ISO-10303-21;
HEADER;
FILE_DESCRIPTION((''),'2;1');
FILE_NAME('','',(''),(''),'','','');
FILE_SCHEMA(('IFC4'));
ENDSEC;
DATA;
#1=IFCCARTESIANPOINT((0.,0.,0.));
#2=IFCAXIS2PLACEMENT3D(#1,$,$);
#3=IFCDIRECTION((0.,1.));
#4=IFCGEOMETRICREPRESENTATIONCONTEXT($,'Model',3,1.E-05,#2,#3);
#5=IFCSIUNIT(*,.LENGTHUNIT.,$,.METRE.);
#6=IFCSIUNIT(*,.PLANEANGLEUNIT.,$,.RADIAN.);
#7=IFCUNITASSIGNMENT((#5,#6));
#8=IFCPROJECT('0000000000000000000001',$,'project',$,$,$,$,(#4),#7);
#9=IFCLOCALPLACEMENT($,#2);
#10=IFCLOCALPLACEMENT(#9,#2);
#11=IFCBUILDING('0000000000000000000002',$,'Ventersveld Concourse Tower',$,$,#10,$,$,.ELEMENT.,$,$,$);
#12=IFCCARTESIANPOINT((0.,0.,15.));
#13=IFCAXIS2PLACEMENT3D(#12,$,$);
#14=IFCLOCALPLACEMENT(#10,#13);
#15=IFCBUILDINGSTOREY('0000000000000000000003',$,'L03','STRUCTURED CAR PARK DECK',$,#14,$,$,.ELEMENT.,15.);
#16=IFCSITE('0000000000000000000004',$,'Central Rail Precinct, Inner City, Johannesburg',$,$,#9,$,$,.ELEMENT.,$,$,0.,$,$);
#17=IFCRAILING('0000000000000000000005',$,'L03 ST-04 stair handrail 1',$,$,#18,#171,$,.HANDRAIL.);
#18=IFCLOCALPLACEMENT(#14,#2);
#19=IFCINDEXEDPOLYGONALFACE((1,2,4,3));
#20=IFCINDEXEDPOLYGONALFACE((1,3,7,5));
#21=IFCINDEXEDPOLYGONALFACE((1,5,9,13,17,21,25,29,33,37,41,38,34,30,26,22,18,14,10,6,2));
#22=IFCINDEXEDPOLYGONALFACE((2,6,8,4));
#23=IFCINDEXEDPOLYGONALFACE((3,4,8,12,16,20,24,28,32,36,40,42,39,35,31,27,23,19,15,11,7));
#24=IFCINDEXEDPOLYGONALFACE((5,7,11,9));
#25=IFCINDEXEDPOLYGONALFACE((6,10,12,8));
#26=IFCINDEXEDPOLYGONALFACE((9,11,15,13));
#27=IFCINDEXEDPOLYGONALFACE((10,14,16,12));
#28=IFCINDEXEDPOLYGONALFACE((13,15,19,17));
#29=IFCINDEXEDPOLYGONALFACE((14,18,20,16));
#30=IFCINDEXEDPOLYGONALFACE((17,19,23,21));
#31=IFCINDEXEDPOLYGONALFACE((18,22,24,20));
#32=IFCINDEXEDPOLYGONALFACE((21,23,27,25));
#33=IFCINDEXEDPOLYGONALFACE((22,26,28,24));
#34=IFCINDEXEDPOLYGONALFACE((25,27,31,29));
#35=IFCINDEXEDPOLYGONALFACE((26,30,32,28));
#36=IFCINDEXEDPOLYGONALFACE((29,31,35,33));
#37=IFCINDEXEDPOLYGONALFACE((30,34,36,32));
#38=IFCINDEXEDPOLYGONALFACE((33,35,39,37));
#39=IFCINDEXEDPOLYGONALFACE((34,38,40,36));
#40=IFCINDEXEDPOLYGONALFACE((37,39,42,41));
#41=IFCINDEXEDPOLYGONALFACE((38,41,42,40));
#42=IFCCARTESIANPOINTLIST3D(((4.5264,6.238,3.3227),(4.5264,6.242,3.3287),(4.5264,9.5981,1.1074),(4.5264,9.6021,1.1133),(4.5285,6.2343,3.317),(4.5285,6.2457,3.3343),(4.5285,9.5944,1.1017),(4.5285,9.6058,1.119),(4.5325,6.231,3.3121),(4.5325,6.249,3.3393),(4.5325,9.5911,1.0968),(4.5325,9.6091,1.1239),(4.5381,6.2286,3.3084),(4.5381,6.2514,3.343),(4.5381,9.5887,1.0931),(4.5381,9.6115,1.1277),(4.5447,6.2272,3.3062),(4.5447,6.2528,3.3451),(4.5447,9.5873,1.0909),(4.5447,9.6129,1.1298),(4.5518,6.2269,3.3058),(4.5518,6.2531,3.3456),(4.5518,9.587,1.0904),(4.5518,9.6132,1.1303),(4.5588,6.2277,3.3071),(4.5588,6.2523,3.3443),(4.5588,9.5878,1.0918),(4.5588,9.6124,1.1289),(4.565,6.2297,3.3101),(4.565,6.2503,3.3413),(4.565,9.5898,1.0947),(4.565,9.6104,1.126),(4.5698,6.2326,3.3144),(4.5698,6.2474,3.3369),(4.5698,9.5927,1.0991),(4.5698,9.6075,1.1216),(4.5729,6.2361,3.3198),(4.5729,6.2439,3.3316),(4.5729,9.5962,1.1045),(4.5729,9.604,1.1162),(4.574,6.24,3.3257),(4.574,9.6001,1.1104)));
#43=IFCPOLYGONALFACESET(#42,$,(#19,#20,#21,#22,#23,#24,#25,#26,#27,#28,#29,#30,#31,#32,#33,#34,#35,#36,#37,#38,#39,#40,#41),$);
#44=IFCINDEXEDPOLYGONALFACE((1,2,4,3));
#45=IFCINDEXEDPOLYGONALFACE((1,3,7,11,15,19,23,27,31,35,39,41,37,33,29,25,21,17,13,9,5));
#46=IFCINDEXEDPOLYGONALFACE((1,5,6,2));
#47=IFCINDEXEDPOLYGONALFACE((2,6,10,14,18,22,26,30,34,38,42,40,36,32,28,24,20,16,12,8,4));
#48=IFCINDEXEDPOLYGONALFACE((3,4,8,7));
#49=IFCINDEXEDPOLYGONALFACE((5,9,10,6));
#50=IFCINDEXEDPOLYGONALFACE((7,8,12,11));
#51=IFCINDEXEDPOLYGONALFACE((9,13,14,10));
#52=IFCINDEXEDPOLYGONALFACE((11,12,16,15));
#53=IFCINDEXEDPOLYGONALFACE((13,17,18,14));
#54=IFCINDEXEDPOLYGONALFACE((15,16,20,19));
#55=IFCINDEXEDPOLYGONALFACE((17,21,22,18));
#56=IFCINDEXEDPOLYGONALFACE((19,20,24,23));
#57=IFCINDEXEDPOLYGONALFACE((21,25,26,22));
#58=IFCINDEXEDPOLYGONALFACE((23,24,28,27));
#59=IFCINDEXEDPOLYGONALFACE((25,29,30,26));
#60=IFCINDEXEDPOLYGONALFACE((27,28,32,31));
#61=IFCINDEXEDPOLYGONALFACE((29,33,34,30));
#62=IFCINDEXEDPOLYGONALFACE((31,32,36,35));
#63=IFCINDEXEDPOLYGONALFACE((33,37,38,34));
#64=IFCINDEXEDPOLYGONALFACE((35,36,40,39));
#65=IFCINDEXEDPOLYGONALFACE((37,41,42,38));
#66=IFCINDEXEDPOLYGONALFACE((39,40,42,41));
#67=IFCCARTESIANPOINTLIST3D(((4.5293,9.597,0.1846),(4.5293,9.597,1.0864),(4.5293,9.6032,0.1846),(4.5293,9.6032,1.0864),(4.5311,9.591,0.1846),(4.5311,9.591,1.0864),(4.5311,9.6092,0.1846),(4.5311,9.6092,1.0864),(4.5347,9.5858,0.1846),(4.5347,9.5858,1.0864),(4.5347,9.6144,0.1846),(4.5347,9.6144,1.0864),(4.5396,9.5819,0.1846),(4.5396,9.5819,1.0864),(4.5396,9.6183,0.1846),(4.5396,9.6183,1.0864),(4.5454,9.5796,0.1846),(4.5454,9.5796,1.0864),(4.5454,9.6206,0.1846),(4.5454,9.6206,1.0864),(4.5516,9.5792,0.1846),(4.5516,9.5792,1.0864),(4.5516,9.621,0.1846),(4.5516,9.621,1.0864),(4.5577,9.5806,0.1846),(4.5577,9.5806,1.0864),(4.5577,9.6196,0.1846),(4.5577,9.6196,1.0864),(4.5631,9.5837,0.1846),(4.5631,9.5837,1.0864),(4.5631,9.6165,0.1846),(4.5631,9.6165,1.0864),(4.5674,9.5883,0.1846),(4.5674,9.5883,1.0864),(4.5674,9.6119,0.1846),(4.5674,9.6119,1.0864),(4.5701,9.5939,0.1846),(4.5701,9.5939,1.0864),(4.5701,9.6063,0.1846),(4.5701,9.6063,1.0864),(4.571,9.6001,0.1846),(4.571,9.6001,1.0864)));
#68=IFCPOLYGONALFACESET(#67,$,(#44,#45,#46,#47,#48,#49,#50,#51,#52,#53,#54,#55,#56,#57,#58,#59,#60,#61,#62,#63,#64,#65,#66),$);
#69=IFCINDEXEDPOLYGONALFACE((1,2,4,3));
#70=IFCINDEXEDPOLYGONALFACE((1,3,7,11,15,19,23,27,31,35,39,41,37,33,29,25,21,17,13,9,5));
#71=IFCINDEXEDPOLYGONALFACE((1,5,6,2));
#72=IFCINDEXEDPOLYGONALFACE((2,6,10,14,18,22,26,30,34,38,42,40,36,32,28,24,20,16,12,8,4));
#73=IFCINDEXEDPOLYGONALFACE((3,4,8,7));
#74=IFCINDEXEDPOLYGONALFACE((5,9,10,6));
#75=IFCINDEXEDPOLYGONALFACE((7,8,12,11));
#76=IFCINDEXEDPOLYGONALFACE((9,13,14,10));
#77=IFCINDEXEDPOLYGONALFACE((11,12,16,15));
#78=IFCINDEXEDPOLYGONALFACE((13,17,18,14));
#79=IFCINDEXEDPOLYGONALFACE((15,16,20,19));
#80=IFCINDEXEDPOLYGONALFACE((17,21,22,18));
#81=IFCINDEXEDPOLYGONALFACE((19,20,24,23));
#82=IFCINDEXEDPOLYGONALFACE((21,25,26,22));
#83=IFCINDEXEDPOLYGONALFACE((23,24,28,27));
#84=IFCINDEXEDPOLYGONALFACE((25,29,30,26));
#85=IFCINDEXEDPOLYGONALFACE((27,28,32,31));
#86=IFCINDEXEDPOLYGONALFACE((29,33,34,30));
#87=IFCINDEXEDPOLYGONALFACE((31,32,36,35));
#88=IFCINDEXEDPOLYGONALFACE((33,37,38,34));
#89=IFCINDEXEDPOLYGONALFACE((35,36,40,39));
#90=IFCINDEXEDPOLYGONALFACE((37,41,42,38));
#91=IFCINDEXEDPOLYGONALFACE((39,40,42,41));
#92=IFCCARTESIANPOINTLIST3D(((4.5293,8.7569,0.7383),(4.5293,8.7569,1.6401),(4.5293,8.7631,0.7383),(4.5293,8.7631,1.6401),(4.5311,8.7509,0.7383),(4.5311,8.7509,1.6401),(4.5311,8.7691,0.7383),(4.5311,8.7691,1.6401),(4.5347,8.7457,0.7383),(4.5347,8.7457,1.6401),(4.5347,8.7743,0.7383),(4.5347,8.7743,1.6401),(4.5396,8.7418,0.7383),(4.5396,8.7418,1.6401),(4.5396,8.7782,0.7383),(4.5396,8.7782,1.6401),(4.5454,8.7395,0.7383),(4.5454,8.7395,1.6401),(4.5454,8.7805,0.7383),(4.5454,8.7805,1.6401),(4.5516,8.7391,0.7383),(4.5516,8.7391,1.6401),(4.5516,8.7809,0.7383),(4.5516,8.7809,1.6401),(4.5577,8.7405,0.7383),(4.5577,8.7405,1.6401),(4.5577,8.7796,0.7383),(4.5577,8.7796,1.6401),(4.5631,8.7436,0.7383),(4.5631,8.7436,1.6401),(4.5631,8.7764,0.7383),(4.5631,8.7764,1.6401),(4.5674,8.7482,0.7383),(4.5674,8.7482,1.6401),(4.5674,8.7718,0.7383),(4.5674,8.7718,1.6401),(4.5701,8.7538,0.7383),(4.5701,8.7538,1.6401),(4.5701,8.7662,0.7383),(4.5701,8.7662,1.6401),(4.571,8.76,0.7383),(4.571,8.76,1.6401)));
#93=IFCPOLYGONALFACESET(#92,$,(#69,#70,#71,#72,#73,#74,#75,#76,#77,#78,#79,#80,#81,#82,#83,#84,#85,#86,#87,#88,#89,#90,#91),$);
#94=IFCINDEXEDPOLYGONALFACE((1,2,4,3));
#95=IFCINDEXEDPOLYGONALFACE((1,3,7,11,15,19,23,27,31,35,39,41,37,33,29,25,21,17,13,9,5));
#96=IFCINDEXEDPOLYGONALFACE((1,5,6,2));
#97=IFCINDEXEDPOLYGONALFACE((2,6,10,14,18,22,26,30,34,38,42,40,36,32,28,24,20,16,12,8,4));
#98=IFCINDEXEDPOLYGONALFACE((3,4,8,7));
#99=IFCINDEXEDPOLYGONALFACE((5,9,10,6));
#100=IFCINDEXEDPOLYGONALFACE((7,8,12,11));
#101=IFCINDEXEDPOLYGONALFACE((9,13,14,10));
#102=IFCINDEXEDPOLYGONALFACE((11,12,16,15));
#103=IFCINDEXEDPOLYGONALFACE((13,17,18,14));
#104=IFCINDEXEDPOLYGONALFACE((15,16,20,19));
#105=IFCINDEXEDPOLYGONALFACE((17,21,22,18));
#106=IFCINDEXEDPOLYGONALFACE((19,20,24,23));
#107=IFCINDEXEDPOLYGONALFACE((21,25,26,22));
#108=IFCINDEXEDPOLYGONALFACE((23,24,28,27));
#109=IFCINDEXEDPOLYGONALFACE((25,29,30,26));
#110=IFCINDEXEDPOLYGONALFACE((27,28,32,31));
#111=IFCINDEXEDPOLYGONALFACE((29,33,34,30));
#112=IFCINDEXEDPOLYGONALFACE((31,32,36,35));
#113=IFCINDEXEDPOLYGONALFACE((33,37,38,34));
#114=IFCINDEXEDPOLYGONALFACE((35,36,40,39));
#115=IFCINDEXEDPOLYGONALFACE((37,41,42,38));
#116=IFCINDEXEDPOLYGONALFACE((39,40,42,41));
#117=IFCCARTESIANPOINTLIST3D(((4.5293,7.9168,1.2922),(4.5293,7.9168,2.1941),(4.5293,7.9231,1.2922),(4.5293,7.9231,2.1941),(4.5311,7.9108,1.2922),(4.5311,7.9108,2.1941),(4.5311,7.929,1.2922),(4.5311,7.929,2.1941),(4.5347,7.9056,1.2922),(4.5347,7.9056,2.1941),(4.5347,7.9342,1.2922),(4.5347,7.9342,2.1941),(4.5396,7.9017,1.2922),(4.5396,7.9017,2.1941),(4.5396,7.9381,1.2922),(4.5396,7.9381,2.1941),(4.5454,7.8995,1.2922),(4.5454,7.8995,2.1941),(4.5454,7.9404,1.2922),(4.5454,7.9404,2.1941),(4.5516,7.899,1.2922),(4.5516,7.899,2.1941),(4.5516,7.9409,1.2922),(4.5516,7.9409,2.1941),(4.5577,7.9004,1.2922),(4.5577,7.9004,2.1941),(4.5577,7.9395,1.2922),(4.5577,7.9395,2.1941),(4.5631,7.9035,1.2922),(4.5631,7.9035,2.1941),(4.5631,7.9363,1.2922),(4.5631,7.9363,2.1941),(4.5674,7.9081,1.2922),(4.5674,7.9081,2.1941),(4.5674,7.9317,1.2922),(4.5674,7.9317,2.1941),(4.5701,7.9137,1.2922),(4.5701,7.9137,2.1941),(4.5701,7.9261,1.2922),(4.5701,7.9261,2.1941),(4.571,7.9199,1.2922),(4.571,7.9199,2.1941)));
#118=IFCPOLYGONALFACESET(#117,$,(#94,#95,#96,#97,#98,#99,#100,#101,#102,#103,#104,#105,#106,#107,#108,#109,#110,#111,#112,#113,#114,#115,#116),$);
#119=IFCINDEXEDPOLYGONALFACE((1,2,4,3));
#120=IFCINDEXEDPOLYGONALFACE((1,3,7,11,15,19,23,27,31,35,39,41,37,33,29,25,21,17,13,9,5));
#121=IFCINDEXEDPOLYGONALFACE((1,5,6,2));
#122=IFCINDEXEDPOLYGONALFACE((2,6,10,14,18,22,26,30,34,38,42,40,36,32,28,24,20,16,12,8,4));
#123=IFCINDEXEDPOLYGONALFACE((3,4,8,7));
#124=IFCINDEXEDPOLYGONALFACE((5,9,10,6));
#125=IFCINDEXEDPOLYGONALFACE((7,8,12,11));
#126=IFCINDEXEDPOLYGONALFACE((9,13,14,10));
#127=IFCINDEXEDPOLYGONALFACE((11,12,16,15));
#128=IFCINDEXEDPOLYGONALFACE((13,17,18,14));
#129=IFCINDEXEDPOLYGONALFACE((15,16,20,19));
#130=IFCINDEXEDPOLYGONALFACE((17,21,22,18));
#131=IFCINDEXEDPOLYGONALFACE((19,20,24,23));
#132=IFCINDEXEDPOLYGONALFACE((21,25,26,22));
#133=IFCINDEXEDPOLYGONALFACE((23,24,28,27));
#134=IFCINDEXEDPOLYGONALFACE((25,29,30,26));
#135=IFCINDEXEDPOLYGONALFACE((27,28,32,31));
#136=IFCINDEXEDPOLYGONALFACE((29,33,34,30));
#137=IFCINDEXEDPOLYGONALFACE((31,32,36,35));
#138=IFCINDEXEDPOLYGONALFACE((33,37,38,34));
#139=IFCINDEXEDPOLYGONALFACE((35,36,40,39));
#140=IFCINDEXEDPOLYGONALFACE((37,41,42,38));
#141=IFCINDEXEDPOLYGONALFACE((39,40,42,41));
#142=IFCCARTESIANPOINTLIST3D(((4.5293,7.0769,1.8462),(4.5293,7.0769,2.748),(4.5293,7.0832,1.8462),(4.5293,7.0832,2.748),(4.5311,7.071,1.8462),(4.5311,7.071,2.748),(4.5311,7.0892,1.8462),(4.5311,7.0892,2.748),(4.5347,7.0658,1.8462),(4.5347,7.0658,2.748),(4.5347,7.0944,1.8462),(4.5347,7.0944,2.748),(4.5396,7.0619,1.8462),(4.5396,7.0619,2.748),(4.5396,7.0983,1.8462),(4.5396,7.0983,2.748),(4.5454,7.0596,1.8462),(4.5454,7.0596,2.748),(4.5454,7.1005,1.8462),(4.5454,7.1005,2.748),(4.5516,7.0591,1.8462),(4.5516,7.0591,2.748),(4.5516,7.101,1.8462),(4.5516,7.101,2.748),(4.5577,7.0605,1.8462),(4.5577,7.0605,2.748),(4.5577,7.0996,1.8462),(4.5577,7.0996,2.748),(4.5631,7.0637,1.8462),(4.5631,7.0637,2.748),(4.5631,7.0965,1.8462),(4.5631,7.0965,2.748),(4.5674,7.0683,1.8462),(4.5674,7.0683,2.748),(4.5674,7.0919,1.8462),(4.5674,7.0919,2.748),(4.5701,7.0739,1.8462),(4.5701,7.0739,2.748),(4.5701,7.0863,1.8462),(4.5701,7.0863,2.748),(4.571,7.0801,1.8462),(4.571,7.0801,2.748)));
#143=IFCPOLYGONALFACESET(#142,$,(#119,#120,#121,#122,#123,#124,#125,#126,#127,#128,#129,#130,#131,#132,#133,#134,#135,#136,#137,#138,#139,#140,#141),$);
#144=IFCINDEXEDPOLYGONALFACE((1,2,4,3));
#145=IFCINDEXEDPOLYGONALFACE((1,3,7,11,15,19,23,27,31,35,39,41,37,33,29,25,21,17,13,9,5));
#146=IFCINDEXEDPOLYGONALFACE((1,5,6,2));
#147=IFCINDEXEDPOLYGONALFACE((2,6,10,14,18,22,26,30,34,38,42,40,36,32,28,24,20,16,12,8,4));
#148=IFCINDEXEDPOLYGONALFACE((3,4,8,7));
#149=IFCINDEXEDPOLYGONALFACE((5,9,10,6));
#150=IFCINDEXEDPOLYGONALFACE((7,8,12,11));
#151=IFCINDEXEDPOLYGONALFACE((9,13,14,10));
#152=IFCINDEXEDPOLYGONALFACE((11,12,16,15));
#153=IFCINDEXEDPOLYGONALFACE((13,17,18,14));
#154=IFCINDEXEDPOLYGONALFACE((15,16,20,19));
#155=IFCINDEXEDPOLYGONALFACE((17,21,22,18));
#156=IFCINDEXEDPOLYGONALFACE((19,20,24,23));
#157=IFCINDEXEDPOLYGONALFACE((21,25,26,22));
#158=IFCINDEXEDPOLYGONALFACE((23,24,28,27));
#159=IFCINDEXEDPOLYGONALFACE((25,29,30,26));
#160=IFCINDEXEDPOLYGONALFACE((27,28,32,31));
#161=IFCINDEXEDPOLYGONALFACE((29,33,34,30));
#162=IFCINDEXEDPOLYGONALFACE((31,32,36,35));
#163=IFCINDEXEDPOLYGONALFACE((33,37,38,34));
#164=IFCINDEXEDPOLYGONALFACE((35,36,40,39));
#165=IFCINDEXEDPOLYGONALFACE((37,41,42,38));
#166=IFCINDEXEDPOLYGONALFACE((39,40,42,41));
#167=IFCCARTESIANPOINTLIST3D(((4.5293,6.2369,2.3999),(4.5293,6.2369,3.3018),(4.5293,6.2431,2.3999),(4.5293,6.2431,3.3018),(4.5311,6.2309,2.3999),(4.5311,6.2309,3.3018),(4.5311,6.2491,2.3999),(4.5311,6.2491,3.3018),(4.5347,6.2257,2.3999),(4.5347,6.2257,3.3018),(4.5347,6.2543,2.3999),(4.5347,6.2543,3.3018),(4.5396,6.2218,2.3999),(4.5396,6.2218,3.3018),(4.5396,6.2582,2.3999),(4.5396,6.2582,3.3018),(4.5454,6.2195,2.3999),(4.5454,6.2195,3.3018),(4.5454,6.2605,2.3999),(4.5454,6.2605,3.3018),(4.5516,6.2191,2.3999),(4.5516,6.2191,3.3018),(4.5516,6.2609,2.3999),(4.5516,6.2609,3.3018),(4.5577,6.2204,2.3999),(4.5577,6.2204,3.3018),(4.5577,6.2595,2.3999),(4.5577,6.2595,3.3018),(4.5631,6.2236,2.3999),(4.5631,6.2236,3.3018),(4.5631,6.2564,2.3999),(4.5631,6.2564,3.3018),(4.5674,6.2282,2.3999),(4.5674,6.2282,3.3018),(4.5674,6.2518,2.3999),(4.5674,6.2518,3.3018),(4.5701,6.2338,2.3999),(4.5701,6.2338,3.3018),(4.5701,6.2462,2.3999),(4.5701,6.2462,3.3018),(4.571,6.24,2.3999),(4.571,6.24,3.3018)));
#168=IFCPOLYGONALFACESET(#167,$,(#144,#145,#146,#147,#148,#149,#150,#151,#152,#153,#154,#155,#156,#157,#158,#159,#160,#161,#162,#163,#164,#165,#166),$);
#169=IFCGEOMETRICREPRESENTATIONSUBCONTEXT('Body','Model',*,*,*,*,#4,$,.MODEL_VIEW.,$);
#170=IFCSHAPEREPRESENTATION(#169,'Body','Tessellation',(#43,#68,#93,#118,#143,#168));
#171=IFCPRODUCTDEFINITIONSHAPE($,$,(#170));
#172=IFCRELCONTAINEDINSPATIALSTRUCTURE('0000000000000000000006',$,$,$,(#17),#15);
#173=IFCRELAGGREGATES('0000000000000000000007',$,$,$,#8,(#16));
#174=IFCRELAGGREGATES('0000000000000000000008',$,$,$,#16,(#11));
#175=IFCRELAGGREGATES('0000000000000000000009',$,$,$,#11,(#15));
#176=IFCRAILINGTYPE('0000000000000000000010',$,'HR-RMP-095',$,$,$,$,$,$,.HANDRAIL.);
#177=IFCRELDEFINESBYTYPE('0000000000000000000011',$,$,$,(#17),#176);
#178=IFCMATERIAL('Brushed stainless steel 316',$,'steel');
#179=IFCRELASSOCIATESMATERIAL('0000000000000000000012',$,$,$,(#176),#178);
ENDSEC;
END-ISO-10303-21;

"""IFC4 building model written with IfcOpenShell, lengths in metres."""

from ifc_helpers import new_model, si_unit, direction, frame, origin, origin_2d, place, context, subcontext, project, spatial, circle, extrude, material, type_object, element, save


model = new_model("IFC4")

# Units and contexts
model_context = context("Model", 3, precision=1e-05, world=origin(), true_north=direction((0.0, 1.0)))
body_context = subcontext(model_context, "Body", "Model", "MODEL_VIEW")
ifc_project = project(units=[si_unit("LENGTHUNIT", "METRE"), si_unit("PLANEANGLEUNIT", "RADIAN")], contexts=[model_context])

# Site, building, storey
site_placement = place(None, origin())
site = spatial("IfcSite", under=ifc_project, at=site_placement, Name="Central Rail Precinct, Inner City, Johannesburg", CompositionType="ELEMENT", RefElevation=0.0)
building_placement = place(site_placement, origin())
building = spatial("IfcBuilding", under=site, at=building_placement, Name="Ventersveld Concourse Tower", CompositionType="ELEMENT")
storey_placement = place(building_placement, frame((0.0, 0.0, 15.0)))
storey = spatial("IfcBuildingStorey", under=building, at=storey_placement, Name="L03", Description="STRUCTURED CAR PARK DECK", CompositionType="ELEMENT", Elevation=15.0)

# Shared definitions
ifc_material_1 = material(Name="Brushed stainless steel 316", Category="steel")

# Railing
railing_type_1 = type_object("IfcRailingType", Name="HR-RMP-095", PredefinedType="HANDRAIL", material=ifc_material_1)
railing_1_placement = place(storey_placement, frame((4.55, 9.6001, 0.1846)))
element("IfcRailing", 1, at=railing_1_placement, inside=storey, type_object=railing_type_1, Name="L03 ST-04 stair handrail 1", PredefinedType="HANDRAIL", context=body_context, shape_type="SweptSolid", body=[
    extrude(circle(Radius=0.0239, at=origin_2d()), frame((0.0, 0.0, 0.9258), z_axis=(0.0, -0.834876, 0.550437), x_axis=(1.0, 0.0, 0.0)), (0.0, 0.0, 1.0), 4.0247),
    extrude(circle(Radius=0.021, at=origin_2d()), origin(), (0.0, 0.0, 1.0), 0.9019),
    extrude(circle(Radius=0.021, at=origin_2d()), frame((0.0, -0.8401, 0.5537)), (0.0, 0.0, 1.0), 0.9019),
    extrude(circle(Radius=0.021, at=origin_2d()), frame((0.0, -1.6802, 1.1077)), (0.0, 0.0, 1.0), 0.9019),
    extrude(circle(Radius=0.021, at=origin_2d()), frame((0.0, -2.52, 1.6616)), (0.0, 0.0, 1.0), 0.9019),
    extrude(circle(Radius=0.021, at=origin_2d()), frame((0.0, -3.3601, 2.2153)), (0.0, 0.0, 1.0), 0.9019),
])

save(model, "model.ifc")
